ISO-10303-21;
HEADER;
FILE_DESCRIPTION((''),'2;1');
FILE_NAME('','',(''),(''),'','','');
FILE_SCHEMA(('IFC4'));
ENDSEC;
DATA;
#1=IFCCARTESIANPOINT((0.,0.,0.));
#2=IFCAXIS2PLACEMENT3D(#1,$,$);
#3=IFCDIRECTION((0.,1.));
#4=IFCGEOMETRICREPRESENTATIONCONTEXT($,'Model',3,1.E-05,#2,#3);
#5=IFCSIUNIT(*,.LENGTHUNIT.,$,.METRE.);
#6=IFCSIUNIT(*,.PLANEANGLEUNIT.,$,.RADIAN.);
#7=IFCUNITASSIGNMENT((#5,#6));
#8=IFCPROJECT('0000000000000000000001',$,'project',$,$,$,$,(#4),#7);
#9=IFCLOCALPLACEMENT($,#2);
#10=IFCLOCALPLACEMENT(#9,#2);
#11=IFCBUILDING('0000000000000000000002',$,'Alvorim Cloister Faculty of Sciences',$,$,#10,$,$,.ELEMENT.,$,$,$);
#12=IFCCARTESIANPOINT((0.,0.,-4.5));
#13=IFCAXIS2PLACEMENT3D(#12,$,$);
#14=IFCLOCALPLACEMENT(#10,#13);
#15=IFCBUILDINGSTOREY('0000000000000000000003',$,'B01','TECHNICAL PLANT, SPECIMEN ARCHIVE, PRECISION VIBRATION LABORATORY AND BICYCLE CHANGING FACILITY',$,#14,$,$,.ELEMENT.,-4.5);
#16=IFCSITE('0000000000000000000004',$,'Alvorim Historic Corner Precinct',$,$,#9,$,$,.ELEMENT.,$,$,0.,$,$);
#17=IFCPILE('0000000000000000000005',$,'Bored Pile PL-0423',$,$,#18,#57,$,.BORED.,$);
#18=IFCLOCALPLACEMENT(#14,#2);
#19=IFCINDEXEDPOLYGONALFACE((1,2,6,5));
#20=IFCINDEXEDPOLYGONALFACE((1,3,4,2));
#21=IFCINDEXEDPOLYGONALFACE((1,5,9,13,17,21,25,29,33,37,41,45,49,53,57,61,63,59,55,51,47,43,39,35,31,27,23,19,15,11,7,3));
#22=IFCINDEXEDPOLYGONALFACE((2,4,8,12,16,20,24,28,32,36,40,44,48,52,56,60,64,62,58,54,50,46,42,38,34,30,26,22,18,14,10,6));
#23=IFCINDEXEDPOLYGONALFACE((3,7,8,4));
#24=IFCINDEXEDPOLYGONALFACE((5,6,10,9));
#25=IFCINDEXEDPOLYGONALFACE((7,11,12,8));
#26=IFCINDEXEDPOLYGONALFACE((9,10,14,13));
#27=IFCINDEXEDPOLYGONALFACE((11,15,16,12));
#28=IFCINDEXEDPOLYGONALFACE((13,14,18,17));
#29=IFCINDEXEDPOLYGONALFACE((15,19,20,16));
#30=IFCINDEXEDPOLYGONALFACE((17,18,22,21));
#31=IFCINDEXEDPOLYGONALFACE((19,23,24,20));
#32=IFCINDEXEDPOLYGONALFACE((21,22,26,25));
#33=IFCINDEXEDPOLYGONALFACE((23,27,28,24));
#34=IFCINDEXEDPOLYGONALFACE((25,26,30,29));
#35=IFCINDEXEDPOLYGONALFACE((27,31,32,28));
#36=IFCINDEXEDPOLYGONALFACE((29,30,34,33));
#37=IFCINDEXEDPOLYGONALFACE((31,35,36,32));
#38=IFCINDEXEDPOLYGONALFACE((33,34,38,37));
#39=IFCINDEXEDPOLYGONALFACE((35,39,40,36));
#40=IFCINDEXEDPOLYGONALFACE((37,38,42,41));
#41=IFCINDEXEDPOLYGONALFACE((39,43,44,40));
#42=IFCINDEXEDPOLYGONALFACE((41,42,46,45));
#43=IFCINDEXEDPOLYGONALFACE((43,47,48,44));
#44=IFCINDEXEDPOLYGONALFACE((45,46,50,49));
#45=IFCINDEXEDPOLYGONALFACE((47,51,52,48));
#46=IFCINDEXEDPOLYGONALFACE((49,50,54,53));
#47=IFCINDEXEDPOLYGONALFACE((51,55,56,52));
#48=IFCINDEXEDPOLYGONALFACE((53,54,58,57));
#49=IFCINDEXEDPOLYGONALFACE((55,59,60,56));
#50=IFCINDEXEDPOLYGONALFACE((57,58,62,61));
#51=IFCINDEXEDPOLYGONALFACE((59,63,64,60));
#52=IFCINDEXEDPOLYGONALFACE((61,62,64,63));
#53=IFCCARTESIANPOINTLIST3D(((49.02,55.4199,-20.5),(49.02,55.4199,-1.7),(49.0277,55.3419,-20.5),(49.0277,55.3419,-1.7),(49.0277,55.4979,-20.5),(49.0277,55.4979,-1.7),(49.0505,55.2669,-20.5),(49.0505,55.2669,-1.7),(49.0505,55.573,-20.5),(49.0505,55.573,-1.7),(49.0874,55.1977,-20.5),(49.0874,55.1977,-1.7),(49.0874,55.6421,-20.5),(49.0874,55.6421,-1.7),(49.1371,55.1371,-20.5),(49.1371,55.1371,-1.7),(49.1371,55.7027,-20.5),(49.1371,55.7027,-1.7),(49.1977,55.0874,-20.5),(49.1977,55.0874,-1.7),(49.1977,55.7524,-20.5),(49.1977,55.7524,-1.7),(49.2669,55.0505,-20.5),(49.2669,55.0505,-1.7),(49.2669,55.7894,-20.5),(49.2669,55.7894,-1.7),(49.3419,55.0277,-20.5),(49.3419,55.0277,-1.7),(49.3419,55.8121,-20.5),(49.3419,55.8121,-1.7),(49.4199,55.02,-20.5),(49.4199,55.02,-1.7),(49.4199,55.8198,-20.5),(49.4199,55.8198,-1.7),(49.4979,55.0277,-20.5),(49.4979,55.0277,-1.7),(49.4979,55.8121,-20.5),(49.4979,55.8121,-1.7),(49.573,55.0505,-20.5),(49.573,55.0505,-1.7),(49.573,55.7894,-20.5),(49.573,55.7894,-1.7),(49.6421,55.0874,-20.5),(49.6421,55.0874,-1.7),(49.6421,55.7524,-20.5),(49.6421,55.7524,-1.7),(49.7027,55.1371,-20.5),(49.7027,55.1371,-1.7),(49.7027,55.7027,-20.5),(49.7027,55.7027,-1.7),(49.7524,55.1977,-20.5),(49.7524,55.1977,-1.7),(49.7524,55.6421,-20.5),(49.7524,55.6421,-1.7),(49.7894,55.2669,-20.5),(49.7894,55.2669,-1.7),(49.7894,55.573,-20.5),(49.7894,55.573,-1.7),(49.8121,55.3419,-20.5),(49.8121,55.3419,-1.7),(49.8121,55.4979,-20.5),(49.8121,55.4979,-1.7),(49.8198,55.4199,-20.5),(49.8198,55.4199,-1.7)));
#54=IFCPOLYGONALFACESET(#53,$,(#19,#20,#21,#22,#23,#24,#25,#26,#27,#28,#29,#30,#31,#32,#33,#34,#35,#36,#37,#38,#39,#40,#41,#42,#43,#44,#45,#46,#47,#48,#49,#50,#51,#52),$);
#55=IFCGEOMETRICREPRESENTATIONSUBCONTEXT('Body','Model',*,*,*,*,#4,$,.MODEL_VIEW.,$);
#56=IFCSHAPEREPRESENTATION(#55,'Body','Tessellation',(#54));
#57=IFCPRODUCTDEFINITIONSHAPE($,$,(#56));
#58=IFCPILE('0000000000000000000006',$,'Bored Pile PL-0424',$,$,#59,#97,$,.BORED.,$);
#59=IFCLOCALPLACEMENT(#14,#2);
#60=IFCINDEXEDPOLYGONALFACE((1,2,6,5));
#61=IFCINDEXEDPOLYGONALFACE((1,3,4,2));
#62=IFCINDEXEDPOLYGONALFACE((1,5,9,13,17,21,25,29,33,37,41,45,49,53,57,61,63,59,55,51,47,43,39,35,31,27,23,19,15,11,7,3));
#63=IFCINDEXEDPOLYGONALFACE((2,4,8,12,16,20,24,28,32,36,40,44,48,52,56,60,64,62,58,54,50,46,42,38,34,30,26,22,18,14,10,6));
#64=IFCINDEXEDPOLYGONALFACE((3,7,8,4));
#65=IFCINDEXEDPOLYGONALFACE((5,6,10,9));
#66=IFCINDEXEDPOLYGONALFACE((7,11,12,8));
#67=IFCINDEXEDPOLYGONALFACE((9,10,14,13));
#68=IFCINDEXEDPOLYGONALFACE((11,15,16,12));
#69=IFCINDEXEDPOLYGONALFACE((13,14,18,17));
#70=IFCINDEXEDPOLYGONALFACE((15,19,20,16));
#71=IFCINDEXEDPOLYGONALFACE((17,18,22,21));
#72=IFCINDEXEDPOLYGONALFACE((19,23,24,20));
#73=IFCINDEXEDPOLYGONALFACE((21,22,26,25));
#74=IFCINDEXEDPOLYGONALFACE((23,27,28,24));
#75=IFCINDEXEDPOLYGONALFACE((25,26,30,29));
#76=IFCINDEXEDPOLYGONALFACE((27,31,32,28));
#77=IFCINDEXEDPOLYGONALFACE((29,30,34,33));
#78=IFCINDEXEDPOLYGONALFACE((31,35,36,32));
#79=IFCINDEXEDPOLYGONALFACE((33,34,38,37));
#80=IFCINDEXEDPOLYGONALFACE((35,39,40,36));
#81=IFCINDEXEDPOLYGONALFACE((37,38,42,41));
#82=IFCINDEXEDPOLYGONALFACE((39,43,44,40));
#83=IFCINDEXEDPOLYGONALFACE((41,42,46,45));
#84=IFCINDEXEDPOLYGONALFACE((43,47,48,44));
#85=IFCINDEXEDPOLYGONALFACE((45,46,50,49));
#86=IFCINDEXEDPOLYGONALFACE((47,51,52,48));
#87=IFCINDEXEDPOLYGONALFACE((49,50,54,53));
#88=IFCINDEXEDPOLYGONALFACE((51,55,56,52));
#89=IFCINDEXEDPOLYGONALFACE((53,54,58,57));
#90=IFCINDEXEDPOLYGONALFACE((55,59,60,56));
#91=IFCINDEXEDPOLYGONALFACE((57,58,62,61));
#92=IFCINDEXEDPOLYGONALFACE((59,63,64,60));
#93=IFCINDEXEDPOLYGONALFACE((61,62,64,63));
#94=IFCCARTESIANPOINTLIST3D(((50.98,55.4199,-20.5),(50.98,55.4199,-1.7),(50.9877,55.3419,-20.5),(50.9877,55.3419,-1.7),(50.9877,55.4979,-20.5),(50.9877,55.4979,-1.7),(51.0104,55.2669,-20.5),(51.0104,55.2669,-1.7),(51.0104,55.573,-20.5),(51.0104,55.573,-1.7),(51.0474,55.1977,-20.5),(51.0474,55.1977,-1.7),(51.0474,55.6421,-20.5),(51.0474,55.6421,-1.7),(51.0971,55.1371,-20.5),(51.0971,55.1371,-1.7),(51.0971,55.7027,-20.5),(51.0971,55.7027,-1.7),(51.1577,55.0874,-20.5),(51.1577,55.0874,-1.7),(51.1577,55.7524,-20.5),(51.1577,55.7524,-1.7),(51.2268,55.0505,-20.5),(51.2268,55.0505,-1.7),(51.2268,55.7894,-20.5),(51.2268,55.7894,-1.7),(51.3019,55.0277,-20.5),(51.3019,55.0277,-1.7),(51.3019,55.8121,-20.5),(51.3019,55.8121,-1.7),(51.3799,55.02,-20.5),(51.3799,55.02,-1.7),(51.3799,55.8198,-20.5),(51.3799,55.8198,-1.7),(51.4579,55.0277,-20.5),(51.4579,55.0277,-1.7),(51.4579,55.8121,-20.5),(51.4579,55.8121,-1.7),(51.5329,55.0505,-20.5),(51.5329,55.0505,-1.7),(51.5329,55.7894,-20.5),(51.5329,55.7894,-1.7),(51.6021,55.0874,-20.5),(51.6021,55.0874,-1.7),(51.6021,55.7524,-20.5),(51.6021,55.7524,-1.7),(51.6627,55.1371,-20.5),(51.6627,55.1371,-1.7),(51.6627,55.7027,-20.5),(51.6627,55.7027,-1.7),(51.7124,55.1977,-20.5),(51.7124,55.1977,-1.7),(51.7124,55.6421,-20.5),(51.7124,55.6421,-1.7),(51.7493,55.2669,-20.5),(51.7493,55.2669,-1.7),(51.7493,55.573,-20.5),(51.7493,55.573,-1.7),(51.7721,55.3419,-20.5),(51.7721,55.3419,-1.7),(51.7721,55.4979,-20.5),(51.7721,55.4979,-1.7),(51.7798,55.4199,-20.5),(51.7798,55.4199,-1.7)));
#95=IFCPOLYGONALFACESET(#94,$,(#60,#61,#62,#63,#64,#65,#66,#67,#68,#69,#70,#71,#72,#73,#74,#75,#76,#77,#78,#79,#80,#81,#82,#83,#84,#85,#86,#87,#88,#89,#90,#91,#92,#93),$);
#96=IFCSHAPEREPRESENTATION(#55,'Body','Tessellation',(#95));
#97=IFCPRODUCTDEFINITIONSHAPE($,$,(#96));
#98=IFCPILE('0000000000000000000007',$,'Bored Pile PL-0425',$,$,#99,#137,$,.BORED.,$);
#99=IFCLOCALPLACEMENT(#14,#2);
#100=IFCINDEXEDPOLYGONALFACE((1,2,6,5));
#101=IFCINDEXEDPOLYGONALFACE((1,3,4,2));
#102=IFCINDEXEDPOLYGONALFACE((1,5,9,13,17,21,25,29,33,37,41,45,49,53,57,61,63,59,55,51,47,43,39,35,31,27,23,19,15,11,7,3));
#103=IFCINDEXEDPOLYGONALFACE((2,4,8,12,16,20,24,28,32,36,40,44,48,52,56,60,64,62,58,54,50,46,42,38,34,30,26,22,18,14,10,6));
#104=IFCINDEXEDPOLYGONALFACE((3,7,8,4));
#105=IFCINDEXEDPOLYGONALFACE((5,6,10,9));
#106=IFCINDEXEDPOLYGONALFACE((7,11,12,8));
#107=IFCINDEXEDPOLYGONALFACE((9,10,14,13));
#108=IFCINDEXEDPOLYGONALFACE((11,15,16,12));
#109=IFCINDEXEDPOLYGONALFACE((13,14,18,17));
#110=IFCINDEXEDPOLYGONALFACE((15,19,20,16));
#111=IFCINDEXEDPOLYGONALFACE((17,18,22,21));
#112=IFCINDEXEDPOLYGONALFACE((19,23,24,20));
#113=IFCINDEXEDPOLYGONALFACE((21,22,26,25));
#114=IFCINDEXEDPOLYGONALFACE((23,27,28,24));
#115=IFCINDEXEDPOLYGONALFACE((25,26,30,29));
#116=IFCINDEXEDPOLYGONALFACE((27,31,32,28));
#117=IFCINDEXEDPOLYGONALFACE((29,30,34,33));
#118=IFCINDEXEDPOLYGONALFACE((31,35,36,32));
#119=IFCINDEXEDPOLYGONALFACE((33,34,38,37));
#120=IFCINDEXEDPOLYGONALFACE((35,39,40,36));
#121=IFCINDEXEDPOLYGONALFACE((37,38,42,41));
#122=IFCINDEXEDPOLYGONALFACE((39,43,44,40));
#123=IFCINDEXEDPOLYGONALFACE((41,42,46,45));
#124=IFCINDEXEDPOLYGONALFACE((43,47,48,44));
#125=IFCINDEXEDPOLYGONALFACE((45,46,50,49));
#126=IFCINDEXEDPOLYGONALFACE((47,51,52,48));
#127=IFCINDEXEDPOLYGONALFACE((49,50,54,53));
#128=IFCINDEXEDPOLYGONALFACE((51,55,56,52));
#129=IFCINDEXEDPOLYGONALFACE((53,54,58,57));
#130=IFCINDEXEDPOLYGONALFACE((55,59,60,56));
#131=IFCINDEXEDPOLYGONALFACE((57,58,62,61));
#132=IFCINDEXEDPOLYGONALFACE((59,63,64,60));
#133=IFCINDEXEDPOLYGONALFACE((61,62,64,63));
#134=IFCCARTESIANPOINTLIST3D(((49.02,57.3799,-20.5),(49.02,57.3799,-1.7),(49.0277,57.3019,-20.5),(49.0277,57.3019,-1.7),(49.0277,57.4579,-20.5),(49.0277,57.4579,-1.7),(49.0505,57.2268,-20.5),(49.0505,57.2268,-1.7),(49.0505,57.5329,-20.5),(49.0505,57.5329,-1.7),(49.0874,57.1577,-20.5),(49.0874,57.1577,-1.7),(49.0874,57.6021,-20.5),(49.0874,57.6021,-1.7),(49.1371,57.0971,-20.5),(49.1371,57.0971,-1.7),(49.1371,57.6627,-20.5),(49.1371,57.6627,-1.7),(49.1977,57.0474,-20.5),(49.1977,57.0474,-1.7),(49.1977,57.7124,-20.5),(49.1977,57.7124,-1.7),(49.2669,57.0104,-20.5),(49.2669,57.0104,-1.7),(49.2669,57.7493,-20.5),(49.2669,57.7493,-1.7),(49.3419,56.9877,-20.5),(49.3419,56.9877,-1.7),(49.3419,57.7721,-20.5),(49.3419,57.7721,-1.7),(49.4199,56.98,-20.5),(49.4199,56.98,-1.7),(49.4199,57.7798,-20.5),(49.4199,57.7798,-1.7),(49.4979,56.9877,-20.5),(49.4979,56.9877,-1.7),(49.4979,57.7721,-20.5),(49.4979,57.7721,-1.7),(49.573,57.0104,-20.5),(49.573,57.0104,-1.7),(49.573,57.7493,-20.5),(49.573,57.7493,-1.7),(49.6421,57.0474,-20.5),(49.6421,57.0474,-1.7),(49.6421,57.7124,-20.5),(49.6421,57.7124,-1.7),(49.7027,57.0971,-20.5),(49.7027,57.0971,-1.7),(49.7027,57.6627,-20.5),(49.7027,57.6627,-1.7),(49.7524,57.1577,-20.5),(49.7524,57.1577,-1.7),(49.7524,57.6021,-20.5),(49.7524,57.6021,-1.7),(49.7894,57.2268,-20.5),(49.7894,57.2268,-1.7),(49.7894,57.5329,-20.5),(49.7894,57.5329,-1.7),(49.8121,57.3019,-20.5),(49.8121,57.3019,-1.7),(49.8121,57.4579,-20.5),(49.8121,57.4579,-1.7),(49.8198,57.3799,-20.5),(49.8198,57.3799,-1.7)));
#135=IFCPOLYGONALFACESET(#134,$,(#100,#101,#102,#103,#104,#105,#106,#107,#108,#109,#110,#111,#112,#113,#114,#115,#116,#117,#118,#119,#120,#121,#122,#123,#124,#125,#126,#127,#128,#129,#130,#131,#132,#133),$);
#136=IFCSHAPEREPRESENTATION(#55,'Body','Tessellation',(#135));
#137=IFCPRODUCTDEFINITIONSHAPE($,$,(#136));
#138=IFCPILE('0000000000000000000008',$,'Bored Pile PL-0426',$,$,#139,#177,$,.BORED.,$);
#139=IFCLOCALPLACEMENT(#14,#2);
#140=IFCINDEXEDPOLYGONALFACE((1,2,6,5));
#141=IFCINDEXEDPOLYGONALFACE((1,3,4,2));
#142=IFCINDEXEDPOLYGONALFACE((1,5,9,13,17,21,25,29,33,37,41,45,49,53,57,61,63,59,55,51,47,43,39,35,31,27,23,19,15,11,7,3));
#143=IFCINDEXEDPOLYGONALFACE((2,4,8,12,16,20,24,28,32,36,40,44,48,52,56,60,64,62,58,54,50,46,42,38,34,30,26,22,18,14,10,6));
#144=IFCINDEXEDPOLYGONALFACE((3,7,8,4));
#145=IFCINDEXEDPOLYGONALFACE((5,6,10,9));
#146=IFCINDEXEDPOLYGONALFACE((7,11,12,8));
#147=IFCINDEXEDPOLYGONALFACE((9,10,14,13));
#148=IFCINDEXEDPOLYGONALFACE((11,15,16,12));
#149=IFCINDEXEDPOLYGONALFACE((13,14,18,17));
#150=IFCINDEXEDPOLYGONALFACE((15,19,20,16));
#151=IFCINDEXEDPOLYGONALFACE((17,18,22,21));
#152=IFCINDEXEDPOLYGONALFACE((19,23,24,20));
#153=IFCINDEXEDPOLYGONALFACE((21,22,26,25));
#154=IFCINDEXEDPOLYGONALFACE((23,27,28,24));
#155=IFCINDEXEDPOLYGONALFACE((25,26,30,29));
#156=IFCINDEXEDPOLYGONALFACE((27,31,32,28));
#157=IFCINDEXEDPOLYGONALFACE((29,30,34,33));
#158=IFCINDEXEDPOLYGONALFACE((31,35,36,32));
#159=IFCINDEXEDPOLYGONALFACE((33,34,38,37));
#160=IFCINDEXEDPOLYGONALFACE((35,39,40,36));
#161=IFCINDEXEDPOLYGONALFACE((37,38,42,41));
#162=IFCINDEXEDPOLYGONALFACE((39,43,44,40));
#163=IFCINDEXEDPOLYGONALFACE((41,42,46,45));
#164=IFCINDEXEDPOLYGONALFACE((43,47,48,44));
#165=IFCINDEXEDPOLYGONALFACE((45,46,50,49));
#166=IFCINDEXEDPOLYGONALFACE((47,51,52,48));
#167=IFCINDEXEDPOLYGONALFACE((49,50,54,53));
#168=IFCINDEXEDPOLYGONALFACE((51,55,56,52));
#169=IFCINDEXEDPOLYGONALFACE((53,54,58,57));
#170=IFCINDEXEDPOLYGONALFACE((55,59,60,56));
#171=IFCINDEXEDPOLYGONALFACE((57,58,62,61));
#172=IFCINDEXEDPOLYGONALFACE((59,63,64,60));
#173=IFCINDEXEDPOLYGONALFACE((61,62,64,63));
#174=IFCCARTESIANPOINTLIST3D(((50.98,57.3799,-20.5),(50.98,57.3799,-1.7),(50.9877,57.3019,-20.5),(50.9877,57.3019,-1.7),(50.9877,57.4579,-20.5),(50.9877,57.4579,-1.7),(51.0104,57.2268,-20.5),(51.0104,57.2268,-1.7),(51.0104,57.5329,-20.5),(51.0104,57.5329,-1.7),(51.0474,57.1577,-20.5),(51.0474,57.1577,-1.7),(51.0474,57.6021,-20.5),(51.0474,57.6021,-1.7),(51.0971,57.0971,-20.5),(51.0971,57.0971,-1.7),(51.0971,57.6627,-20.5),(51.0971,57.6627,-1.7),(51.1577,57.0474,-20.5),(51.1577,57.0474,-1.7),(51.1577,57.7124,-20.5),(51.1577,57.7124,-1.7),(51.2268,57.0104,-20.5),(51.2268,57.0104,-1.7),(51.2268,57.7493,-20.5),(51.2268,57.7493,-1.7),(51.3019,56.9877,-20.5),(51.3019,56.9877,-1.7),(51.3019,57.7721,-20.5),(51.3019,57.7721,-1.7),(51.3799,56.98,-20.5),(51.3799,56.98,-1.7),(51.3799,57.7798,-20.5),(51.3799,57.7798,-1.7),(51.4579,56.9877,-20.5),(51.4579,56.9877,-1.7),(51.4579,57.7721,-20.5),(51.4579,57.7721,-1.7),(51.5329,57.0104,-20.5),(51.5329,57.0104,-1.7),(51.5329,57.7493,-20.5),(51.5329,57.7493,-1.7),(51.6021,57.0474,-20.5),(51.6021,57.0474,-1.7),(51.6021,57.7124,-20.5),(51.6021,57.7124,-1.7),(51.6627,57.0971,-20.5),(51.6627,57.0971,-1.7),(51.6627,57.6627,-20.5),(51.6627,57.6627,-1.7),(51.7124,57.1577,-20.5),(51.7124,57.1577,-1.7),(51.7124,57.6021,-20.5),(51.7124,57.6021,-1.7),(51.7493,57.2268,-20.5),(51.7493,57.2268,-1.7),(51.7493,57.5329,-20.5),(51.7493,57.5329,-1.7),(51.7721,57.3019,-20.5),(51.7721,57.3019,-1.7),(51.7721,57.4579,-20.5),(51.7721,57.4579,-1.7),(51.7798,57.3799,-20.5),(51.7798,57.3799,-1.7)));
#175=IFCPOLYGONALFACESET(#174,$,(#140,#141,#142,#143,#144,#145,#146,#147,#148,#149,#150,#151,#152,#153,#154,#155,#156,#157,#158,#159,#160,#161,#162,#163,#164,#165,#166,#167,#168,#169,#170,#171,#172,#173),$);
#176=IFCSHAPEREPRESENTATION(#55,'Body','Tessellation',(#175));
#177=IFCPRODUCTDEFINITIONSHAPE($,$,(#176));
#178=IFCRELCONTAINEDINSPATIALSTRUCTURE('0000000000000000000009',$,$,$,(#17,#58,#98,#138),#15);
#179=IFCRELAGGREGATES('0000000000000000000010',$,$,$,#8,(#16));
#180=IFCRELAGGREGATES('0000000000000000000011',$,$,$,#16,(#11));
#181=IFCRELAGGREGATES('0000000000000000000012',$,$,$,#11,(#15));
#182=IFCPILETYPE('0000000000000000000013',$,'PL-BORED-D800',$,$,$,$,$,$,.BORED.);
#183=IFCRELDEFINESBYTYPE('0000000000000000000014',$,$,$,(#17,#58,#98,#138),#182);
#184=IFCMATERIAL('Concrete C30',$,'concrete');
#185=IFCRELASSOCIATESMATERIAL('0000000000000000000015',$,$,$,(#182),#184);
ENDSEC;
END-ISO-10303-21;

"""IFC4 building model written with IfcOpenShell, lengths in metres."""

from ifc_helpers import new_model, si_unit, direction, frame, origin, origin_2d, place, context, subcontext, project, spatial, circle, extrude, material, material_profile, profile_set, type_object, element, save


model = new_model("IFC4")

# Units and contexts
model_context = context("Model", 3, precision=1e-05, world=origin(), true_north=direction((0.0, 1.0)))
body_context = subcontext(model_context, "Body", "Model", "MODEL_VIEW")
ifc_project = project(units=[si_unit("LENGTHUNIT", "METRE"), si_unit("PLANEANGLEUNIT", "RADIAN")], contexts=[model_context])

# Site, building, storey
site_placement = place(None, origin())
site = spatial("IfcSite", under=ifc_project, at=site_placement, Name="Alvorim Historic Corner Precinct", CompositionType="ELEMENT", RefElevation=0.0)
building_placement = place(site_placement, origin())
building = spatial("IfcBuilding", under=site, at=building_placement, Name="Alvorim Cloister Faculty of Sciences", CompositionType="ELEMENT")
storey_placement = place(building_placement, frame((0.0, 0.0, -4.5)))
storey = spatial("IfcBuildingStorey", under=building, at=storey_placement, Name="B01", Description="TECHNICAL PLANT, SPECIMEN ARCHIVE, PRECISION VIBRATION LABORATORY AND BICYCLE CHANGING FACILITY", CompositionType="ELEMENT", Elevation=-4.5)

# Piles
ifc_material_1 = material(Name="Concrete C30", Category="concrete")
ifc_material_profile_1 = material_profile(ifc_material_1, circle(Radius=0.3999, at=origin_2d()), Name="PILE-D800")
ifc_profile_set_1 = profile_set([ifc_material_profile_1], Name="Concrete C30")
pile_type = type_object("IfcPileType", Name="PL-BORED-D800", PredefinedType="BORED", material=ifc_profile_set_1)
for number, where, z_axis, x_axis, name in (
    (1, (49.4199, 55.4199, -1.7), (0.0, 0.0, -1.0), (1.0, 0.0, 0.0), "Bored Pile PL-0423"),
    (2, (51.3799, 55.4199, -1.7), (0.0, 0.0, -1.0), (1.0, 0.0, 0.0), "Bored Pile PL-0424"),
    (3, (49.4199, 57.3799, -1.7), (0.0, 0.0, -1.0), (1.0, 0.0, 0.0), "Bored Pile PL-0425"),
    (4, (51.3799, 57.3799, -1.7), (0.0, 0.0, -1.0), (1.0, 0.0, 0.0), "Bored Pile PL-0426"),
):
    element("IfcPile", number, at=place(storey_placement, frame(where, z_axis=z_axis, x_axis=x_axis)), inside=storey, type_object=pile_type, Name=name, PredefinedType="BORED", context=body_context, shape_type="SweptSolid", body=[
        extrude(circle(Radius=0.3999, at=origin_2d()), origin(), (0.0, 0.0, 1.0), 18.8),
    ])

save(model, "model.ifc")
